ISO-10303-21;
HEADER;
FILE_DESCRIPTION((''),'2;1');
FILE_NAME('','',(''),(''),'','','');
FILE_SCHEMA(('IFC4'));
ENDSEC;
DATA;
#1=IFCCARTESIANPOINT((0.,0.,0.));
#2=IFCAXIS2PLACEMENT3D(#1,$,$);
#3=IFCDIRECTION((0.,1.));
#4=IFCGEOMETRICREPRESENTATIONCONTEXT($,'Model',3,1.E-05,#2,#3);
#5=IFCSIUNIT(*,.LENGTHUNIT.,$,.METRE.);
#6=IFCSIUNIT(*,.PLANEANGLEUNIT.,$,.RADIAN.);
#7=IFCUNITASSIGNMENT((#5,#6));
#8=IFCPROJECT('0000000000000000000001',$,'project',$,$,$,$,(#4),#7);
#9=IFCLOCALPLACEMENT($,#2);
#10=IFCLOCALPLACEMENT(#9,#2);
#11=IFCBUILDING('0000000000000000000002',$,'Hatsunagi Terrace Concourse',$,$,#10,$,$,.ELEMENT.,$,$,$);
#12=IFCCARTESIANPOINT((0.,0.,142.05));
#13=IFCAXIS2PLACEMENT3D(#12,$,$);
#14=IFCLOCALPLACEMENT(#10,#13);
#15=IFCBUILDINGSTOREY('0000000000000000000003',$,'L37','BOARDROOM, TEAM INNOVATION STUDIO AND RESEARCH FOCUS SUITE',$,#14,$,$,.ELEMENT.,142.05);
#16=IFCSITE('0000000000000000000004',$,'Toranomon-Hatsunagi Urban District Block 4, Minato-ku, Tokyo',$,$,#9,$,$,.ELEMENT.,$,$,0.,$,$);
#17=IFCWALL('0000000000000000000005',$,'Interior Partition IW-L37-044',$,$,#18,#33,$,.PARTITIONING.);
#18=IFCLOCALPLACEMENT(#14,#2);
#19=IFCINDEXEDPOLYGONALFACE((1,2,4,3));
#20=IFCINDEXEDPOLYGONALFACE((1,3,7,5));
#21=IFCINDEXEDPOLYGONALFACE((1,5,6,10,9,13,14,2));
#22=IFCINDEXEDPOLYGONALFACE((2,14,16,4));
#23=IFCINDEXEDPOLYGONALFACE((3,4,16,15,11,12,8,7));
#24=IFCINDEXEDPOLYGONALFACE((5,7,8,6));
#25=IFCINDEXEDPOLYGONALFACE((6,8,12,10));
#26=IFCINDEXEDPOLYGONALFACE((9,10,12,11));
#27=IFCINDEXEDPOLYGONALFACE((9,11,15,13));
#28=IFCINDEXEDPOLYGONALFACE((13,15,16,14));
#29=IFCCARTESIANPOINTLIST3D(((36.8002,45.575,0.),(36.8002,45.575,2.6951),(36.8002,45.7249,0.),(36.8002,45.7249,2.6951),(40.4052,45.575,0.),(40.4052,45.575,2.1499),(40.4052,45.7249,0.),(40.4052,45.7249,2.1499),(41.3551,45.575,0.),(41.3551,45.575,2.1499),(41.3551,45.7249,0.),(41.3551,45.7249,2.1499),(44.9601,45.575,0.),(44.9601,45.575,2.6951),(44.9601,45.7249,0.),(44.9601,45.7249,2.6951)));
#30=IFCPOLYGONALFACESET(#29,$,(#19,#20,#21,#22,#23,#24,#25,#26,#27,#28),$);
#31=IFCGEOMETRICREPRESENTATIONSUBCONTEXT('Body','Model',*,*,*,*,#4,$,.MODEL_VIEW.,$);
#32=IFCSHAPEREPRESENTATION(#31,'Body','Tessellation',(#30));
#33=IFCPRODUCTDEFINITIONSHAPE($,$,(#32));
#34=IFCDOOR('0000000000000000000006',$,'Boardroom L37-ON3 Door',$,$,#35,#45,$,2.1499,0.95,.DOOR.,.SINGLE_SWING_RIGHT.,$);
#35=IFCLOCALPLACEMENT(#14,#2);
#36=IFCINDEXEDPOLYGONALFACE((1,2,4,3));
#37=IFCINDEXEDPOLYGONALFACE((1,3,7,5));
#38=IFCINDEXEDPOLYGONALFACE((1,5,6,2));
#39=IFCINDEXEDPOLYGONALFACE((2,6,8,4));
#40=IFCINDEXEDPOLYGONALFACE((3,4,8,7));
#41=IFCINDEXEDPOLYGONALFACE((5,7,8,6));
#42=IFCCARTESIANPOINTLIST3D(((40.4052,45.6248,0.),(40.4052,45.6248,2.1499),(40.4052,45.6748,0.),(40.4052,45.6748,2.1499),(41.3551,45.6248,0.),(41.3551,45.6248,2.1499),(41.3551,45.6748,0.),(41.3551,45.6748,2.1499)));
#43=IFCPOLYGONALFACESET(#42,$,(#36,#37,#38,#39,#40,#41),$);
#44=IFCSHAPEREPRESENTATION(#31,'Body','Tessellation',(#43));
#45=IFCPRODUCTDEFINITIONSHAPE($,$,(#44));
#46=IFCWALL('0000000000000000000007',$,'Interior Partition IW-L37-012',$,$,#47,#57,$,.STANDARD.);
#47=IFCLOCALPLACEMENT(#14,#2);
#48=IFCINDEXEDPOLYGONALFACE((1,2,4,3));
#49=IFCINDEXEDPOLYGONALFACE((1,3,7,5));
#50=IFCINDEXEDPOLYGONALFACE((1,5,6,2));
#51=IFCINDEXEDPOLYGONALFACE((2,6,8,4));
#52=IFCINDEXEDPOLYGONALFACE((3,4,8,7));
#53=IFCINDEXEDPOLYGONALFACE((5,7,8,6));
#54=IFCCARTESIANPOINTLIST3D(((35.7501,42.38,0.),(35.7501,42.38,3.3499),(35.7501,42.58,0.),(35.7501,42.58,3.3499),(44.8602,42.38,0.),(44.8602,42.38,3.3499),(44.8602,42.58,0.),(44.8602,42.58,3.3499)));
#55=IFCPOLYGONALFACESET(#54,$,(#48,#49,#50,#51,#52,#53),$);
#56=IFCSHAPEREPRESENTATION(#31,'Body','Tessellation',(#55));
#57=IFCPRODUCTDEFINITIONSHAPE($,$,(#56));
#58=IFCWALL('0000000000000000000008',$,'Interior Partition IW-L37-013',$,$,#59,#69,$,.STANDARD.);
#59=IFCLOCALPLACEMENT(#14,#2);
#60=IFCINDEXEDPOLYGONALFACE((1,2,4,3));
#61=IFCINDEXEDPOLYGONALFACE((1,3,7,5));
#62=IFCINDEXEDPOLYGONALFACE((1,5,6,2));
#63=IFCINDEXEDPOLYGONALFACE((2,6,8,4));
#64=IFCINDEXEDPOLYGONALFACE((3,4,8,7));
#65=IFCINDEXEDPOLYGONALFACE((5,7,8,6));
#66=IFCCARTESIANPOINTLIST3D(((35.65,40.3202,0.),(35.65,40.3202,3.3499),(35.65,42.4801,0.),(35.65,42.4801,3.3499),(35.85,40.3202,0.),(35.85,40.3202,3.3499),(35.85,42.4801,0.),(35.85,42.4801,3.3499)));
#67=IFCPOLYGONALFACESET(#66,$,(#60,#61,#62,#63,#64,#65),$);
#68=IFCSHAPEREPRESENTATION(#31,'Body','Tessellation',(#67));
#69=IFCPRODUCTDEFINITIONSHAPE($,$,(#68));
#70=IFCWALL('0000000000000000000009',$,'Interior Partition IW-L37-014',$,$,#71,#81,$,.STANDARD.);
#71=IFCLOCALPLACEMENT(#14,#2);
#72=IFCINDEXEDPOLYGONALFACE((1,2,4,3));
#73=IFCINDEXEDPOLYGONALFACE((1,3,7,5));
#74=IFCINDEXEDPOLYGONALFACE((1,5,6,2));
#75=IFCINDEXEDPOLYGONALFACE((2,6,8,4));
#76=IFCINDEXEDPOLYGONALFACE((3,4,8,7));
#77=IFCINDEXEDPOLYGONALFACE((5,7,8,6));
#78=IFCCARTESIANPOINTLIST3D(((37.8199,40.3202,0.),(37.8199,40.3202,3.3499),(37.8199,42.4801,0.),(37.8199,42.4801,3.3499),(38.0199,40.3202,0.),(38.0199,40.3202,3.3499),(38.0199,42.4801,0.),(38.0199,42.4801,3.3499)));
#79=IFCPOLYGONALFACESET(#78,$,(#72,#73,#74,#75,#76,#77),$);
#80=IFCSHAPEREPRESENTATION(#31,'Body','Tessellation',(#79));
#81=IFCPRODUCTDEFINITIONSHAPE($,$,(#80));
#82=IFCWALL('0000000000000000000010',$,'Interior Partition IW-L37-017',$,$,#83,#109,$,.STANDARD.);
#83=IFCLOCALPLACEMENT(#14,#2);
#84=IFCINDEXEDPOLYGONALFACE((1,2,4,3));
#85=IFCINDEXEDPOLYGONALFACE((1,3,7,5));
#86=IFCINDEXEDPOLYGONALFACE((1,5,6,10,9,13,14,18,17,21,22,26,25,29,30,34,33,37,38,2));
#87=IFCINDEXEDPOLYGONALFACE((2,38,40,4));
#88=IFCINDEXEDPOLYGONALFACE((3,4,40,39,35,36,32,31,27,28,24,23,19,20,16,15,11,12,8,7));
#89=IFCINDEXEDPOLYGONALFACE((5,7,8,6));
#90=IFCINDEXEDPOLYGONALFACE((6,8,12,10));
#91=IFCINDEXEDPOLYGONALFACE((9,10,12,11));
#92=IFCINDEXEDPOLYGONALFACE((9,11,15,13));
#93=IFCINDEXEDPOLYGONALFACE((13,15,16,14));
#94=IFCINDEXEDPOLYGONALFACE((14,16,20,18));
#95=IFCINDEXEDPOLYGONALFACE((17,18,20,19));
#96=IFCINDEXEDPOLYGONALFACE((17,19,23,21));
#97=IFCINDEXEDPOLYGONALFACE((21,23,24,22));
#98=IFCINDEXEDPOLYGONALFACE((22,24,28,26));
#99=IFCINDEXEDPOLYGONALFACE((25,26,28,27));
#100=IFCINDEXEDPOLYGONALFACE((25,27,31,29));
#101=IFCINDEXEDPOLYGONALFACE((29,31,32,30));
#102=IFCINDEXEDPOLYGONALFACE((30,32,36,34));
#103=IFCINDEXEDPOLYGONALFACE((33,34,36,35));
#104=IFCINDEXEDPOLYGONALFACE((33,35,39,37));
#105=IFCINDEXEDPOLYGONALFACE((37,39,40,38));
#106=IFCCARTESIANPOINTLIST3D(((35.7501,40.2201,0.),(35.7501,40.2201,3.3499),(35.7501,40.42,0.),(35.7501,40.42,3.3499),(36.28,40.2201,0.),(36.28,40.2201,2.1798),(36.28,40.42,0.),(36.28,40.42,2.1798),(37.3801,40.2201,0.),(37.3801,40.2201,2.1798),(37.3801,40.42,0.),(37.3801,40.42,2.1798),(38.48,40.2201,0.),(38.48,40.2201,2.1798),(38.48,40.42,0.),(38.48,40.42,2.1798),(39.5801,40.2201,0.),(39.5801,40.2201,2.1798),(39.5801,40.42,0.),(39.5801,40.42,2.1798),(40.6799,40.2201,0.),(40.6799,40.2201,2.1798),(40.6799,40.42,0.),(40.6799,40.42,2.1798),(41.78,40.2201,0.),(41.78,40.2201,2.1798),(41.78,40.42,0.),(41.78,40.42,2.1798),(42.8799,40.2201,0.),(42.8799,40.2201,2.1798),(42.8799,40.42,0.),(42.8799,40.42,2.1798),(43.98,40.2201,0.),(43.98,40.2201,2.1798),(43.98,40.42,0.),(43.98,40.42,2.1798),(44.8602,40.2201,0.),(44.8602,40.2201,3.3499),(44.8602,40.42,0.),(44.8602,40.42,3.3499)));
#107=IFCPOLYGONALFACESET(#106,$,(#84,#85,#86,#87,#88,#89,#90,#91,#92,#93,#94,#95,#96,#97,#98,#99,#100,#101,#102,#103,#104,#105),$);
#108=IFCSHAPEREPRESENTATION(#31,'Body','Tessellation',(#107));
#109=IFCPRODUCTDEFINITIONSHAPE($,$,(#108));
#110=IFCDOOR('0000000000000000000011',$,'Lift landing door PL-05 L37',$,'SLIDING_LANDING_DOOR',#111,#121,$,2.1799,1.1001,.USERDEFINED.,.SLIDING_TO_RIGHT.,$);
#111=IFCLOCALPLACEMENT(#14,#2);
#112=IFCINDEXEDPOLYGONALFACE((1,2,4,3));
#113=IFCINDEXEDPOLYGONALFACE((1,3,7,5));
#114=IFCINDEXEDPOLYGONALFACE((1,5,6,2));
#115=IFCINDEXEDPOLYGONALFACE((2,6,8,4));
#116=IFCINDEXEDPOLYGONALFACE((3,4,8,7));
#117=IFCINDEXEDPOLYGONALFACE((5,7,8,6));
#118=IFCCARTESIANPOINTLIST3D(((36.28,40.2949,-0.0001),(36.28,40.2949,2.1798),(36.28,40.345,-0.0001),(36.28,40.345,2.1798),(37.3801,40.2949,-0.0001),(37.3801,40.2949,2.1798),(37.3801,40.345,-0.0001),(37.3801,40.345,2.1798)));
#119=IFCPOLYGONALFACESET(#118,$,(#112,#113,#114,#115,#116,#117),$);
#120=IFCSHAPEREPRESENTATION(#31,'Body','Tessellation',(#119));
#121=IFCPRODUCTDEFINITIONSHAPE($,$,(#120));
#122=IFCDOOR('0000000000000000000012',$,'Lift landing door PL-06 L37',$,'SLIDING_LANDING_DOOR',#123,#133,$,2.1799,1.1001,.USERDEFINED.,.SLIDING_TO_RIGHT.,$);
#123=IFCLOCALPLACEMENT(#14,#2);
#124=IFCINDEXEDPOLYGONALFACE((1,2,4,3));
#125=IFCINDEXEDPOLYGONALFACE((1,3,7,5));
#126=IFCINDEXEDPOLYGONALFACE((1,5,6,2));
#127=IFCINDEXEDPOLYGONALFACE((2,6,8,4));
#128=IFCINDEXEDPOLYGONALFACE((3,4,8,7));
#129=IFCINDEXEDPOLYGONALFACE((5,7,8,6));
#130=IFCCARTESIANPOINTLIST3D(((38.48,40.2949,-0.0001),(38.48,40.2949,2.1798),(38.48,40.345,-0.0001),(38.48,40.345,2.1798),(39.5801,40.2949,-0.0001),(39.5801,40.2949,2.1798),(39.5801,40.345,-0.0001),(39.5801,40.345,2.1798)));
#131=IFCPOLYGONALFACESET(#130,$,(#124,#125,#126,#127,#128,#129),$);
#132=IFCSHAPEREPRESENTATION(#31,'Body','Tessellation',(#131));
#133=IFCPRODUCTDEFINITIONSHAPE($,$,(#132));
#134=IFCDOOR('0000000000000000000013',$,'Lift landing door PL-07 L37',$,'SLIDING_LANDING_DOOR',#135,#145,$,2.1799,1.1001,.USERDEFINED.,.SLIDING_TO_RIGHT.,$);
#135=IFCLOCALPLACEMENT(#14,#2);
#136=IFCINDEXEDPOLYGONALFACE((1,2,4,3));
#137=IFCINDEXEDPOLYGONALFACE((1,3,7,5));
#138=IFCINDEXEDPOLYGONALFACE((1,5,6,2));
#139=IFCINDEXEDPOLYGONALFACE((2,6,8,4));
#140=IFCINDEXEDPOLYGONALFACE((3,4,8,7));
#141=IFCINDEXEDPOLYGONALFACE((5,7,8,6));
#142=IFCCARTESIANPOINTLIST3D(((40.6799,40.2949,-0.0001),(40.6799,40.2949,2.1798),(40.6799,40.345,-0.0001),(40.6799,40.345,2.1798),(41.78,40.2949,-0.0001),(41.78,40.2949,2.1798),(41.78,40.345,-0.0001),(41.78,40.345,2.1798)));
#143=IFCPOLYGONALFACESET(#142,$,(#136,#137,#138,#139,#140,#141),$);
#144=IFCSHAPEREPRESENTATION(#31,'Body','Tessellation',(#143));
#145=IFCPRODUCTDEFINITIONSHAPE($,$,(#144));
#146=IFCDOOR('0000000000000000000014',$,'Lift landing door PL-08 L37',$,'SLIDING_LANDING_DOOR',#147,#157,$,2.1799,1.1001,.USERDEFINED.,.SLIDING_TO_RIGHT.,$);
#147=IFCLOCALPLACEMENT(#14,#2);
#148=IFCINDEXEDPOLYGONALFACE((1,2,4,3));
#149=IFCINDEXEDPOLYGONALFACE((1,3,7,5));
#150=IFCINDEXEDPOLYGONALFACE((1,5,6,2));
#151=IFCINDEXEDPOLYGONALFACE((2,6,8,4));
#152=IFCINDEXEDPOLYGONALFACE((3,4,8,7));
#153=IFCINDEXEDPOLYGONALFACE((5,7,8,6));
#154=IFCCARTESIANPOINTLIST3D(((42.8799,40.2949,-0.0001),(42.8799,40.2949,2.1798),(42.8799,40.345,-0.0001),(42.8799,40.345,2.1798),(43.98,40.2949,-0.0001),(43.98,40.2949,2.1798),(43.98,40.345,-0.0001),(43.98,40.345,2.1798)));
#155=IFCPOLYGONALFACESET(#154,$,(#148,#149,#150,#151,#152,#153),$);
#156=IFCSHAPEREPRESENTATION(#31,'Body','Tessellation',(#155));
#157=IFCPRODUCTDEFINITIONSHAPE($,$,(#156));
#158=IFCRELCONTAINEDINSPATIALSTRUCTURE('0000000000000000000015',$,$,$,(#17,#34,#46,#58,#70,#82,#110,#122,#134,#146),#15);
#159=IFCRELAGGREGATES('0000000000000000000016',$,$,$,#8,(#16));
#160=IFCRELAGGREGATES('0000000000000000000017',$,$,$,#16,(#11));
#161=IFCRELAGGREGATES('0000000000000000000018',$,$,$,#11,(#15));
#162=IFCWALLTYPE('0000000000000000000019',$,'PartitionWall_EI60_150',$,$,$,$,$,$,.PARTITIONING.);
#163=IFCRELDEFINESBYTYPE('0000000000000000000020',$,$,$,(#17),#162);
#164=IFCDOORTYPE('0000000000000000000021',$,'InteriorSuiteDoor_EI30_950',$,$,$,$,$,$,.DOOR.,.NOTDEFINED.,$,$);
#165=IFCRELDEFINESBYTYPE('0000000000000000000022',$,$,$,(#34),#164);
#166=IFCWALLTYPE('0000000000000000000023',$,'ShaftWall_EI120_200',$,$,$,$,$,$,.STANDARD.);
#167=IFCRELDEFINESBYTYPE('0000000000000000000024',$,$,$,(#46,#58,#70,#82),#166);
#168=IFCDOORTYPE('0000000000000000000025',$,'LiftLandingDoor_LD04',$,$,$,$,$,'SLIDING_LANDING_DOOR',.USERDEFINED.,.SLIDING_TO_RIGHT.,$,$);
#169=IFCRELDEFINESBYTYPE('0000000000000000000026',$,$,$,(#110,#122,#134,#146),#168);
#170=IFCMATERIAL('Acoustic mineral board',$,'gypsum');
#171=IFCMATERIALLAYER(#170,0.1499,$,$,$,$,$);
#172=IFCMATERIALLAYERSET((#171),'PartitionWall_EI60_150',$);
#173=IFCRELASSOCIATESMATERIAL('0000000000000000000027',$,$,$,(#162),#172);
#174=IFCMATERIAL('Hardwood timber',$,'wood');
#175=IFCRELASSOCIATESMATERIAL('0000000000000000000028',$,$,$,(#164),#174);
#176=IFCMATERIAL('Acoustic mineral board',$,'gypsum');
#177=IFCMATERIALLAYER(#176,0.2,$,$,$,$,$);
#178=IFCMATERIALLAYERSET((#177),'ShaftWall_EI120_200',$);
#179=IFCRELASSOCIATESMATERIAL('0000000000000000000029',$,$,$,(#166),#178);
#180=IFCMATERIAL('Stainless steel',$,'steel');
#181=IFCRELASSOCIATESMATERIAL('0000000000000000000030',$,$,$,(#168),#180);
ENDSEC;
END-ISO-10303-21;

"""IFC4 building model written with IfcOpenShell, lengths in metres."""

from ifc_helpers import new_model, si_unit, direction, frame, frame_2d, origin, place, context, subcontext, project, spatial, rectangle, extrude, material, layer, layer_set, type_object, element, fill, save


model = new_model("IFC4")

# Units and contexts
model_context = context("Model", 3, precision=1e-05, world=origin(), true_north=direction((0.0, 1.0)))
body_context = subcontext(model_context, "Body", "Model", "MODEL_VIEW")
ifc_project = project(units=[si_unit("LENGTHUNIT", "METRE"), si_unit("PLANEANGLEUNIT", "RADIAN")], contexts=[model_context])

# Site, building, storey
site_placement = place(None, origin())
site = spatial("IfcSite", under=ifc_project, at=site_placement, Name="Toranomon-Hatsunagi Urban District Block 4, Minato-ku, Tokyo", CompositionType="ELEMENT", RefElevation=0.0)
building_placement = place(site_placement, origin())
building = spatial("IfcBuilding", under=site, at=building_placement, Name="Hatsunagi Terrace Concourse", CompositionType="ELEMENT")
storey_placement = place(building_placement, frame((0.0, 0.0, 142.05)))
storey = spatial("IfcBuildingStorey", under=building, at=storey_placement, Name="L37", Description="BOARDROOM, TEAM INNOVATION STUDIO AND RESEARCH FOCUS SUITE", CompositionType="ELEMENT", Elevation=142.05)

# Shared definitions
ifc_material_1 = material(Name="Acoustic mineral board", Category="gypsum")
ifc_layer_1 = layer(ifc_material_1, 0.1499)
ifc_layer_set_1 = layer_set([ifc_layer_1], Name="PartitionWall_EI60_150")
wall_type_1 = type_object("IfcWallType", Name="PartitionWall_EI60_150", PredefinedType="PARTITIONING", material=ifc_layer_set_1)

# Shared definitions
ifc_material_2 = material(Name="Hardwood timber", Category="wood")
door_type_1 = type_object("IfcDoorType", Name="InteriorSuiteDoor_EI30_950", OperationType="NOTDEFINED", PredefinedType="DOOR", material=ifc_material_2)

# Wall, opening, door
wall_1_placement = place(storey_placement, frame((36.8, 45.6499, 0.0), z_axis=(0.0, 0.0, 1.0), x_axis=(1.0, 0.0, 0.0)))
wall_1 = element("IfcWall", 1, at=wall_1_placement, inside=storey, type_object=wall_type_1, Name="Interior Partition IW-L37-044", PredefinedType="PARTITIONING", context=body_context, shape_type="SweptSolid", body=[
    extrude(rectangle(XDim=8.1599, YDim=0.1499, at=frame_2d((4.0801, 0.0))), origin(), (0.0, 0.0, 1.0), 2.6951),
])
opening_1_placement = place(wall_1_placement, frame((3.605, 0.0, 0.0)))
opening_1 = element("IfcOpeningElement", 2, at=opening_1_placement, cuts=wall_1, PredefinedType="OPENING", context=body_context, shape_type="SweptSolid", body=[
    extrude(rectangle(XDim=0.95, YDim=2.1499, at=frame_2d((0.4751, 1.075))), frame((0.0, 0.085, 0.0), z_axis=(0.0, -1.0, 0.0), x_axis=(1.0, 0.0, 0.0)), (0.0, 0.0, 1.0), 0.1699),
])
door_1_placement = place(opening_1_placement, origin())
door_1 = element("IfcDoor", 3, at=door_1_placement, inside=storey, type_object=door_type_1, Name="Boardroom L37-ON3 Door", OperationType="SINGLE_SWING_RIGHT", OverallHeight=2.1499, OverallWidth=0.95, PredefinedType="DOOR", context=body_context, shape_type="SweptSolid", body=[
    extrude(rectangle(XDim=0.95, YDim=2.1499, at=frame_2d((0.4751, 1.075))), frame((0.0, 0.0249, 0.0), z_axis=(0.0, -1.0, 0.0), x_axis=(1.0, 0.0, 0.0)), (0.0, 0.0, 1.0), 0.05),
])
fill(opening_1, door_1)

# Walls
ifc_material_3 = material(Name="Acoustic mineral board", Category="gypsum")
ifc_layer_2 = layer(ifc_material_3, 0.2)
ifc_layer_set_2 = layer_set([ifc_layer_2], Name="ShaftWall_EI120_200")
wall_type_2 = type_object("IfcWallType", Name="ShaftWall_EI120_200", PredefinedType="STANDARD", material=ifc_layer_set_2)
wall_2_placement = place(storey_placement, frame((35.75, 42.48, 0.0), z_axis=(0.0, 0.0, 1.0), x_axis=(1.0, 0.0, 0.0)))
element("IfcWall", 4, at=wall_2_placement, inside=storey, type_object=wall_type_2, Name="Interior Partition IW-L37-012", PredefinedType="STANDARD", context=body_context, shape_type="SweptSolid", body=[
    extrude(rectangle(XDim=9.1101, YDim=0.2, at=frame_2d((4.5552, 0.0))), origin(), (0.0, 0.0, 1.0), 3.3499),
])
for number, where, z_axis, x_axis, name in (
    (5, (35.75, 40.3201, 0.0), (0.0, 0.0, 1.0), (0.0, 1.0, 0.0), "Interior Partition IW-L37-013"),
    (6, (37.9199, 40.3201, 0.0), (0.0, 0.0, 1.0), (0.0, 1.0, 0.0), "Interior Partition IW-L37-014"),
):
    element("IfcWall", number, at=place(storey_placement, frame(where, z_axis=z_axis, x_axis=x_axis)), inside=storey, type_object=wall_type_2, Name=name, PredefinedType="STANDARD", context=body_context, shape_type="SweptSolid", body=[
        extrude(rectangle(XDim=2.1599, YDim=0.2, at=frame_2d((1.0801, 0.0))), origin(), (0.0, 0.0, 1.0), 3.3499),
    ])

# Wall, openings, doors
wall_3_placement = place(storey_placement, frame((35.75, 40.3201, 0.0), z_axis=(0.0, 0.0, 1.0), x_axis=(1.0, 0.0, 0.0)))
wall_3 = element("IfcWall", 7, at=wall_3_placement, inside=storey, type_object=wall_type_2, Name="Interior Partition IW-L37-017", PredefinedType="STANDARD", context=body_context, shape_type="SweptSolid", body=[
    extrude(rectangle(XDim=9.1101, YDim=0.2, at=frame_2d((4.5552, 0.0))), origin(), (0.0, 0.0, 1.0), 3.3499),
])
opening_2_placement = place(wall_3_placement, frame((0.53, 0.0, 0.0)))
opening_2 = element("IfcOpeningElement", 8, at=opening_2_placement, cuts=wall_3, PredefinedType="OPENING", context=body_context, shape_type="SweptSolid", body=[
    extrude(rectangle(XDim=1.1001, YDim=2.1799, at=frame_2d((0.55, 1.0898))), frame((0.0, 0.1099, 0.0), z_axis=(0.0, -1.0, 0.0), x_axis=(1.0, 0.0, 0.0)), (0.0, 0.0, 1.0), 0.22),
])
opening_3_placement = place(wall_3_placement, frame((2.73, 0.0, 0.0)))
opening_3 = element("IfcOpeningElement", 9, at=opening_3_placement, cuts=wall_3, PredefinedType="OPENING", context=body_context, shape_type="SweptSolid", body=[
    extrude(rectangle(XDim=1.1001, YDim=2.1799, at=frame_2d((0.55, 1.0898))), frame((0.0, 0.1099, 0.0), z_axis=(0.0, -1.0, 0.0), x_axis=(1.0, 0.0, 0.0)), (0.0, 0.0, 1.0), 0.22),
])
opening_4_placement = place(wall_3_placement, frame((4.9299, 0.0, 0.0)))
opening_4 = element("IfcOpeningElement", 10, at=opening_4_placement, cuts=wall_3, PredefinedType="OPENING", context=body_context, shape_type="SweptSolid", body=[
    extrude(rectangle(XDim=1.1001, YDim=2.1799, at=frame_2d((0.55, 1.0898))), frame((0.0, 0.1099, 0.0), z_axis=(0.0, -1.0, 0.0), x_axis=(1.0, 0.0, 0.0)), (0.0, 0.0, 1.0), 0.22),
])
opening_5_placement = place(wall_3_placement, frame((7.1299, 0.0, 0.0)))
opening_5 = element("IfcOpeningElement", 11, at=opening_5_placement, cuts=wall_3, PredefinedType="OPENING", context=body_context, shape_type="SweptSolid", body=[
    extrude(rectangle(XDim=1.1001, YDim=2.1799, at=frame_2d((0.55, 1.0898))), frame((0.0, 0.1099, 0.0), z_axis=(0.0, -1.0, 0.0), x_axis=(1.0, 0.0, 0.0)), (0.0, 0.0, 1.0), 0.22),
])
ifc_material_4 = material(Name="Stainless steel", Category="steel")
door_type_2 = type_object("IfcDoorType", Name="LiftLandingDoor_LD04", ElementType="SLIDING_LANDING_DOOR", OperationType="SLIDING_TO_RIGHT", PredefinedType="USERDEFINED", material=ifc_material_4)
door_2_placement = place(opening_2_placement, origin())
door_2 = element("IfcDoor", 12, at=door_2_placement, inside=storey, type_object=door_type_2, Name="Lift landing door PL-05 L37", ObjectType="SLIDING_LANDING_DOOR", OperationType="SLIDING_TO_RIGHT", OverallHeight=2.1799, OverallWidth=1.1001, PredefinedType="USERDEFINED", context=body_context, shape_type="SweptSolid", body=[
    extrude(rectangle(XDim=1.1001, YDim=2.1799, at=frame_2d((0.55, 1.0898))), frame((0.0, 0.0249, 0.0), z_axis=(0.0, -1.0, 0.0), x_axis=(1.0, 0.0, 0.0)), (0.0, 0.0, 1.0), 0.05),
])
fill(opening_2, door_2)
door_3_placement = place(opening_3_placement, origin())
door_3 = element("IfcDoor", 13, at=door_3_placement, inside=storey, type_object=door_type_2, Name="Lift landing door PL-06 L37", ObjectType="SLIDING_LANDING_DOOR", OperationType="SLIDING_TO_RIGHT", OverallHeight=2.1799, OverallWidth=1.1001, PredefinedType="USERDEFINED", context=body_context, shape_type="SweptSolid", body=[
    extrude(rectangle(XDim=1.1001, YDim=2.1799, at=frame_2d((0.55, 1.0898))), frame((0.0, 0.0249, 0.0), z_axis=(0.0, -1.0, 0.0), x_axis=(1.0, 0.0, 0.0)), (0.0, 0.0, 1.0), 0.05),
])
fill(opening_3, door_3)
door_4_placement = place(opening_4_placement, origin())
door_4 = element("IfcDoor", 14, at=door_4_placement, inside=storey, type_object=door_type_2, Name="Lift landing door PL-07 L37", ObjectType="SLIDING_LANDING_DOOR", OperationType="SLIDING_TO_RIGHT", OverallHeight=2.1799, OverallWidth=1.1001, PredefinedType="USERDEFINED", context=body_context, shape_type="SweptSolid", body=[
    extrude(rectangle(XDim=1.1001, YDim=2.1799, at=frame_2d((0.55, 1.0898))), frame((0.0, 0.0249, 0.0), z_axis=(0.0, -1.0, 0.0), x_axis=(1.0, 0.0, 0.0)), (0.0, 0.0, 1.0), 0.05),
])
fill(opening_4, door_4)
door_5_placement = place(opening_5_placement, origin())
door_5 = element("IfcDoor", 15, at=door_5_placement, inside=storey, type_object=door_type_2, Name="Lift landing door PL-08 L37", ObjectType="SLIDING_LANDING_DOOR", OperationType="SLIDING_TO_RIGHT", OverallHeight=2.1799, OverallWidth=1.1001, PredefinedType="USERDEFINED", context=body_context, shape_type="SweptSolid", body=[
    extrude(rectangle(XDim=1.1001, YDim=2.1799, at=frame_2d((0.55, 1.0898))), frame((0.0, 0.0249, 0.0), z_axis=(0.0, -1.0, 0.0), x_axis=(1.0, 0.0, 0.0)), (0.0, 0.0, 1.0), 0.05),
])
fill(opening_5, door_5)

save(model, "model.ifc")
